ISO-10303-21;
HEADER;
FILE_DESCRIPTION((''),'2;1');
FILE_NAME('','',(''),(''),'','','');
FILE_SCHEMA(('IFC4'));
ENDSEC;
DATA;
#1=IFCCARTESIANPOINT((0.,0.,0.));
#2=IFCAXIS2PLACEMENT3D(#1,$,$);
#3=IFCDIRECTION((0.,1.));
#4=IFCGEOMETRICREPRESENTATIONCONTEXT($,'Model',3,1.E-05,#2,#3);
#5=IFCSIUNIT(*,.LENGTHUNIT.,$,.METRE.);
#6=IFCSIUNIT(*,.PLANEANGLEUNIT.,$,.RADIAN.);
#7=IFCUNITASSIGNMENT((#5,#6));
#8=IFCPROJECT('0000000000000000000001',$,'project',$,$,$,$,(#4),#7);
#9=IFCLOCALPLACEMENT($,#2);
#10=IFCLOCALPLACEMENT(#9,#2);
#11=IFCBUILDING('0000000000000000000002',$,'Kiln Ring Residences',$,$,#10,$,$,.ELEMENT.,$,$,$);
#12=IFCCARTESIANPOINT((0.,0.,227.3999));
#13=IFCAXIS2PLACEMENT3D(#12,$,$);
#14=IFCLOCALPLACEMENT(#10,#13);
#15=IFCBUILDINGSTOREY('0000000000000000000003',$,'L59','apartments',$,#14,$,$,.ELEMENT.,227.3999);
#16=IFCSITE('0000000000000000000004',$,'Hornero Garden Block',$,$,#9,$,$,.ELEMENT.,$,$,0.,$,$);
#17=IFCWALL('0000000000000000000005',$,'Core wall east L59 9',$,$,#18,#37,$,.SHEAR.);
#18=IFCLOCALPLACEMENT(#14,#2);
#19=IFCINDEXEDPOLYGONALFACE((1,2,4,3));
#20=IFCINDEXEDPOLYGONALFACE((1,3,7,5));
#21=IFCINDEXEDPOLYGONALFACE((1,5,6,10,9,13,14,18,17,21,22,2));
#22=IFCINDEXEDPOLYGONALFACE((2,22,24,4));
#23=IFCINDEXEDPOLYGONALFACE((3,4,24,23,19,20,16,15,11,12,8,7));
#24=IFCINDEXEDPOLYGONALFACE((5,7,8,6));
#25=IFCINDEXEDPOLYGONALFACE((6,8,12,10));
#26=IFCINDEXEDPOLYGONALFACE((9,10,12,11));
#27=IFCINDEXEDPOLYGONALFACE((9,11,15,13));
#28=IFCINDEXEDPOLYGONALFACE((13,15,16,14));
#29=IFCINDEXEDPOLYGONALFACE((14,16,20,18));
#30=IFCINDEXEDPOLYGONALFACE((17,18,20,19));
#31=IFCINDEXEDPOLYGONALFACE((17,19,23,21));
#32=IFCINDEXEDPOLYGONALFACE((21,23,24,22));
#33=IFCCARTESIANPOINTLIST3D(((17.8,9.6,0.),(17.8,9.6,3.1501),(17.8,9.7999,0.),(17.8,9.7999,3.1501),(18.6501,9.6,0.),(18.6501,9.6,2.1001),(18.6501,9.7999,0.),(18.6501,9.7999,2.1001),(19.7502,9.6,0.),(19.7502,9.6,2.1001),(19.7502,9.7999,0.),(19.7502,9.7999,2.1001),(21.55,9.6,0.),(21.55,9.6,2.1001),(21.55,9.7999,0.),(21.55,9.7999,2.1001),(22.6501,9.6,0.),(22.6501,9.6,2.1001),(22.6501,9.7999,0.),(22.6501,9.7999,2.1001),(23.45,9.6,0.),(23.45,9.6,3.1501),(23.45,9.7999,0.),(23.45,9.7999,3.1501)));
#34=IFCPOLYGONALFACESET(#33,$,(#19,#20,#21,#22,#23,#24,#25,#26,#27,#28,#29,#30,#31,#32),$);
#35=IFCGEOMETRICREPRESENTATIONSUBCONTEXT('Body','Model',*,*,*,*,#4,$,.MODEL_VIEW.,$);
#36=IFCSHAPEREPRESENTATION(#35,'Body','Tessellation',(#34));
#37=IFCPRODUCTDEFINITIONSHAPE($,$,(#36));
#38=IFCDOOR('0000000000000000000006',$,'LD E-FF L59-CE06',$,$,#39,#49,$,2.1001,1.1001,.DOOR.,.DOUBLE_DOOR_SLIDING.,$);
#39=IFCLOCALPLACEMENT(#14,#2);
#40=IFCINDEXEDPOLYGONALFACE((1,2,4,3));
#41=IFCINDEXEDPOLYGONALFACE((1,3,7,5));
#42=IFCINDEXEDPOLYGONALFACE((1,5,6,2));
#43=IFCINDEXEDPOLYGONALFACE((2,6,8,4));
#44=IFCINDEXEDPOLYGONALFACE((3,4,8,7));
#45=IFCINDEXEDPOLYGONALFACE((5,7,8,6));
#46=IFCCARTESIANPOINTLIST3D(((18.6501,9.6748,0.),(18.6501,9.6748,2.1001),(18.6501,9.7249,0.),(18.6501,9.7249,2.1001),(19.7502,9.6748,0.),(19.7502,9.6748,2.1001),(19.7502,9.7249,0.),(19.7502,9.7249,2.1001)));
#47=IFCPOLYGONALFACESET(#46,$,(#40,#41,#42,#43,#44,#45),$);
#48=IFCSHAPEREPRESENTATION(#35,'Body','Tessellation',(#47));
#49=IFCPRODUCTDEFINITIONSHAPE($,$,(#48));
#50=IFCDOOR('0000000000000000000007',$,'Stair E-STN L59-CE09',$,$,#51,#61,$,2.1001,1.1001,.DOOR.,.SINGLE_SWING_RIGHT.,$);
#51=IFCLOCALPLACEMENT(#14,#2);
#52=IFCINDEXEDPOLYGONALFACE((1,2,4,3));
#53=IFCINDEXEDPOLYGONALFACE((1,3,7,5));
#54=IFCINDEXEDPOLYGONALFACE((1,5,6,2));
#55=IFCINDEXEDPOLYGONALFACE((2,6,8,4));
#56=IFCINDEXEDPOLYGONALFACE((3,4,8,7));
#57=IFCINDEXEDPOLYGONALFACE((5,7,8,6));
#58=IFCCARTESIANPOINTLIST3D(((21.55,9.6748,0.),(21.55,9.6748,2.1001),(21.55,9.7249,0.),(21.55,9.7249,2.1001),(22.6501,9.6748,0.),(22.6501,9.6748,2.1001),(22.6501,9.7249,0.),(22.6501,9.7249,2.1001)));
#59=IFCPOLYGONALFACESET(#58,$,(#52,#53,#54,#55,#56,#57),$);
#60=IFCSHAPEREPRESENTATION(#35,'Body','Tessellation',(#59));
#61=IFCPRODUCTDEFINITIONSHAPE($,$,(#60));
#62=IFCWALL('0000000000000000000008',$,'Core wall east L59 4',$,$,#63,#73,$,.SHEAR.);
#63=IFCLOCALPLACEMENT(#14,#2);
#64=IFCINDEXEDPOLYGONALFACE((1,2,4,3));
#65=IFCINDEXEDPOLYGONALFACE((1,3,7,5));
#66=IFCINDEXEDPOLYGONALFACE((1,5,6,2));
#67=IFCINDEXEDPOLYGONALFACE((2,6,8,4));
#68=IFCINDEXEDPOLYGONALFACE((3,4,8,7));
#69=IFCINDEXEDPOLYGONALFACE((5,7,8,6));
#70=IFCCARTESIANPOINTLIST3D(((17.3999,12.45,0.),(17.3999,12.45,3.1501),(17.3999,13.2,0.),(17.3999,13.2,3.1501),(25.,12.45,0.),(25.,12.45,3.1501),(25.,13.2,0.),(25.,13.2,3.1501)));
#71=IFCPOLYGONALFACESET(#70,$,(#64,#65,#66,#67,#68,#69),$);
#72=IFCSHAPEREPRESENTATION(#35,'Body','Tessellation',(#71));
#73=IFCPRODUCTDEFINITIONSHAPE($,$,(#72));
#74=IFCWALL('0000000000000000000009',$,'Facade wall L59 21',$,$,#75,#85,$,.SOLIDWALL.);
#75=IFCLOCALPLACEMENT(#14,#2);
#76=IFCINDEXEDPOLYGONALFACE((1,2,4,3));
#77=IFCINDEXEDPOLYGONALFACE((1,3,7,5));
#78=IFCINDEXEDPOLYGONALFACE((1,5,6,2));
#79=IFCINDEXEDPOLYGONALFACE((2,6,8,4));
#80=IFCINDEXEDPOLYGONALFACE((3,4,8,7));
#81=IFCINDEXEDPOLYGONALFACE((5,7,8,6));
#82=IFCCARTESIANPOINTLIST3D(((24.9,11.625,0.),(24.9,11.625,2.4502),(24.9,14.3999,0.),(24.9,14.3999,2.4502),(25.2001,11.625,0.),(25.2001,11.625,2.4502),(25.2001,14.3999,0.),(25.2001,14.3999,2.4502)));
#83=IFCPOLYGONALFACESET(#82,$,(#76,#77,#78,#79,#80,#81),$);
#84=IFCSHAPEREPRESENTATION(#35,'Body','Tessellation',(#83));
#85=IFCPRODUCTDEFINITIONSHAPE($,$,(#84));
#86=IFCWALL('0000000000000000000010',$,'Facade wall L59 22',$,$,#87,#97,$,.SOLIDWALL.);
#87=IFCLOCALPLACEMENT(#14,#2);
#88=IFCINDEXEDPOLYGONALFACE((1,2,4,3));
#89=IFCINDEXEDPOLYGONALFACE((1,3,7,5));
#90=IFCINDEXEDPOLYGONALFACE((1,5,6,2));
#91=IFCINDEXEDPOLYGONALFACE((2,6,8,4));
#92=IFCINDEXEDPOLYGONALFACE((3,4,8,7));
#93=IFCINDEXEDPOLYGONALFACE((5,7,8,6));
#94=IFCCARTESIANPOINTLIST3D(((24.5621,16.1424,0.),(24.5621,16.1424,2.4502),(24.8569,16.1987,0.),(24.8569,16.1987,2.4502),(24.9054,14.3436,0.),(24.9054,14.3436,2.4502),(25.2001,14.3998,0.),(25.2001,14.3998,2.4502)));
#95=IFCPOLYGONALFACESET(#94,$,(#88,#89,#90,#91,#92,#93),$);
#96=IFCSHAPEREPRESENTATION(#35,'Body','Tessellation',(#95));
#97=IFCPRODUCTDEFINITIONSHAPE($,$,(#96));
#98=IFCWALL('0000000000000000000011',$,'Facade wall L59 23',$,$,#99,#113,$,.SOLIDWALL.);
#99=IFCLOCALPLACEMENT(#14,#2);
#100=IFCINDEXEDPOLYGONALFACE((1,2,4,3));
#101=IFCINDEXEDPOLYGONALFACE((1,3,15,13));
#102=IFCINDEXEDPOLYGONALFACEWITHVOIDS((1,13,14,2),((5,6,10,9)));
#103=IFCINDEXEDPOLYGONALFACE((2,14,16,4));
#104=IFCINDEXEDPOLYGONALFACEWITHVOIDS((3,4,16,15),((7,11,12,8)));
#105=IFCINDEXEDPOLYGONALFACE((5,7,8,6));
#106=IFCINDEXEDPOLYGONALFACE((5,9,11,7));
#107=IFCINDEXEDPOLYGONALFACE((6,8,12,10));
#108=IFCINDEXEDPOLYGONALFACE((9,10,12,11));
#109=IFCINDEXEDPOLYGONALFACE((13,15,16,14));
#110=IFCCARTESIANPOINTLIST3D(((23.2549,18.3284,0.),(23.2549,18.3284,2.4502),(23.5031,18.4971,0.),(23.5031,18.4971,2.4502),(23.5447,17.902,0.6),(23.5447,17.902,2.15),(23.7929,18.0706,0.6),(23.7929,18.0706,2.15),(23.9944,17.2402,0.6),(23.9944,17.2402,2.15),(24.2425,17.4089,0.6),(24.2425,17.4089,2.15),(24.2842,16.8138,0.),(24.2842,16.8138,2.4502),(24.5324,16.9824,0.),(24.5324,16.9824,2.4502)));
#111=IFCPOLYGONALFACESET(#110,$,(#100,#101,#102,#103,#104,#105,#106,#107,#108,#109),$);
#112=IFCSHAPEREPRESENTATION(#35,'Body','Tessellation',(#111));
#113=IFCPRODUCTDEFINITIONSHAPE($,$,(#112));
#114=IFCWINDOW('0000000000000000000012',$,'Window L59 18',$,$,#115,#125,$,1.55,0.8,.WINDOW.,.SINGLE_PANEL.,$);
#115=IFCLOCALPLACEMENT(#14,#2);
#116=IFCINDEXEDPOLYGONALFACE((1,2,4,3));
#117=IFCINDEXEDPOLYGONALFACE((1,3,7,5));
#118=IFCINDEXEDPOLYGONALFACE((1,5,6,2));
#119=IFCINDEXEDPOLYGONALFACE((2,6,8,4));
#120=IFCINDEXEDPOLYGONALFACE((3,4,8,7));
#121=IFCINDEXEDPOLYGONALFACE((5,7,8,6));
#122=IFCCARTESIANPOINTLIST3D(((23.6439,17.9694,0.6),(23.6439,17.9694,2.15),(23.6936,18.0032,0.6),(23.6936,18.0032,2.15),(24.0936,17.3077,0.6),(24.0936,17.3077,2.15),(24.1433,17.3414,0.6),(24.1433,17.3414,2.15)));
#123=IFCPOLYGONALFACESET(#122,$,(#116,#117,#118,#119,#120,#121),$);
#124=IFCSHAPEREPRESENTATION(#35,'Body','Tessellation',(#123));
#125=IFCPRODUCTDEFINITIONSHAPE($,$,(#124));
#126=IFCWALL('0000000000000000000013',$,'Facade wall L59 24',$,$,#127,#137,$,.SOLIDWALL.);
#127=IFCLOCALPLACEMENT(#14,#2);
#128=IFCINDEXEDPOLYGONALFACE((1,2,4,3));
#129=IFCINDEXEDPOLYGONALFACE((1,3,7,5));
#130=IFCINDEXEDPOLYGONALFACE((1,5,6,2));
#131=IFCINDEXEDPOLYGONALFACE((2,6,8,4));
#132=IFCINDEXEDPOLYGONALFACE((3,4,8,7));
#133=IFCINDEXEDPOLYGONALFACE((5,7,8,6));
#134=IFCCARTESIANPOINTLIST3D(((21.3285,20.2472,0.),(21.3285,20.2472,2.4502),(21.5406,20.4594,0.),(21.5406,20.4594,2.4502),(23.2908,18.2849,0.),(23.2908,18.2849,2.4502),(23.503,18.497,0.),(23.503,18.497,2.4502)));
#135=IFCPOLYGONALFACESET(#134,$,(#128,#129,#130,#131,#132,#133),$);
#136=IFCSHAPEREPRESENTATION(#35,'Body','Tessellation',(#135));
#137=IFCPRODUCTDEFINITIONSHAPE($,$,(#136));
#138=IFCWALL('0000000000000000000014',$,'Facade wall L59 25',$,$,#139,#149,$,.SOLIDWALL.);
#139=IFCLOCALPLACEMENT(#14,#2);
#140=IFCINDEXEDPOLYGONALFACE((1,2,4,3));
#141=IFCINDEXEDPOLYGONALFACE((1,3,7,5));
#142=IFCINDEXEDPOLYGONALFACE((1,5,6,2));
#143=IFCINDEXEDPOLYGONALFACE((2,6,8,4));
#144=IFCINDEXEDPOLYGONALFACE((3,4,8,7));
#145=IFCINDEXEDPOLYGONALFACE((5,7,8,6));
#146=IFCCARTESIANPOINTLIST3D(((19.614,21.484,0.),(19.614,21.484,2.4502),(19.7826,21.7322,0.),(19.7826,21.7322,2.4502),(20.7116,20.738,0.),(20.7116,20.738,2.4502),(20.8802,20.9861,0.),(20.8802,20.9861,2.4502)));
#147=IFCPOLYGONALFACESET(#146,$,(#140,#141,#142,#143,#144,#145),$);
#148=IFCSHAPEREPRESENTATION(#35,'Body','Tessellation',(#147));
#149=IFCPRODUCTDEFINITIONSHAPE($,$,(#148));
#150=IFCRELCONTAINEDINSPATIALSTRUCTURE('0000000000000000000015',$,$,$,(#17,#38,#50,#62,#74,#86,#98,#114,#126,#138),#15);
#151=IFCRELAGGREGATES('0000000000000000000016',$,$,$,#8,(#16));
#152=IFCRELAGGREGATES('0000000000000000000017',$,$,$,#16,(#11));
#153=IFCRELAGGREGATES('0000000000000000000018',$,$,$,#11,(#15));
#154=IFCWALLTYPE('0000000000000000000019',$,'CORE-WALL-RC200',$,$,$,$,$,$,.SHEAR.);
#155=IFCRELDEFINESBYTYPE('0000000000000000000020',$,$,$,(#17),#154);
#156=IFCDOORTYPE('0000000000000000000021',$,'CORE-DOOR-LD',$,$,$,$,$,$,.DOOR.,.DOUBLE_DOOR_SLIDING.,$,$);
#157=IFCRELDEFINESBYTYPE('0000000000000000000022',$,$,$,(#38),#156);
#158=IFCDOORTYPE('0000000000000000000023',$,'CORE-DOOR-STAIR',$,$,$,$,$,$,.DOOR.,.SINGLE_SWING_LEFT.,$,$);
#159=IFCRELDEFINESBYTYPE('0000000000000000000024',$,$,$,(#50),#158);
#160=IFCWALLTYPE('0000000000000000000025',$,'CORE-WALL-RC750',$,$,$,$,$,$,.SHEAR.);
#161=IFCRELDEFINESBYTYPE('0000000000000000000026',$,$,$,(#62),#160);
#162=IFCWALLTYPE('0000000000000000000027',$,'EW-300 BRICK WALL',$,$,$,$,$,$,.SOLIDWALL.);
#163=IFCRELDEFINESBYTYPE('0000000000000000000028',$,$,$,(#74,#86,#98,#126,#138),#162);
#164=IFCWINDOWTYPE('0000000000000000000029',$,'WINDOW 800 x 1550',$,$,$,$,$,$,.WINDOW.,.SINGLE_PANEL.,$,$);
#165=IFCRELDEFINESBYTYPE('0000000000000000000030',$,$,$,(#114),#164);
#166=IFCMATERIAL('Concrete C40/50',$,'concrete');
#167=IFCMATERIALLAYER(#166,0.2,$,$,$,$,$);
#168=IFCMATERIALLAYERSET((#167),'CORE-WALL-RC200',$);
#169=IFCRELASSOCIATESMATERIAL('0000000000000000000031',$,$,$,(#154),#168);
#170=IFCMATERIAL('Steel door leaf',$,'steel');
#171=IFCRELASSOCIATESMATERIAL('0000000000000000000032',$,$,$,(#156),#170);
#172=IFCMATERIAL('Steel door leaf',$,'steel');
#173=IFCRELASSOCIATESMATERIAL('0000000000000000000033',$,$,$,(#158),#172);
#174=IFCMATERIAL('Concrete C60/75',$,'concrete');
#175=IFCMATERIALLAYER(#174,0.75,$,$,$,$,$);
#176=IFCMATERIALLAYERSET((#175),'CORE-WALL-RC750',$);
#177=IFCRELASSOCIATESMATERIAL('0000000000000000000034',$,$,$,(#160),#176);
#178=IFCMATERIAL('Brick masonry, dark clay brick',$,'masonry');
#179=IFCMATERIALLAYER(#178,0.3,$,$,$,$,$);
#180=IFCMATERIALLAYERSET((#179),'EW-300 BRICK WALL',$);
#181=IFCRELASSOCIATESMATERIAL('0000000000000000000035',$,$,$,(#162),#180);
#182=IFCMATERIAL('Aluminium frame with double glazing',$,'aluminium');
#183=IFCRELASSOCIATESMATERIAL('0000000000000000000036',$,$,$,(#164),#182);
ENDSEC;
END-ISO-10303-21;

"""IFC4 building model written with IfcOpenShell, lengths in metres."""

from ifc_helpers import new_model, si_unit, direction, frame, frame_2d, origin, place, context, subcontext, project, spatial, rectangle, extrude, material, layer, layer_set, type_object, element, fill, save


model = new_model("IFC4")

# Units and contexts
model_context = context("Model", 3, precision=1e-05, world=origin(), true_north=direction((0.0, 1.0)))
body_context = subcontext(model_context, "Body", "Model", "MODEL_VIEW")
ifc_project = project(units=[si_unit("LENGTHUNIT", "METRE"), si_unit("PLANEANGLEUNIT", "RADIAN")], contexts=[model_context])

# Site, building, storey
site_placement = place(None, origin())
site = spatial("IfcSite", under=ifc_project, at=site_placement, Name="Hornero Garden Block", CompositionType="ELEMENT", RefElevation=0.0)
building_placement = place(site_placement, origin())
building = spatial("IfcBuilding", under=site, at=building_placement, Name="Kiln Ring Residences", CompositionType="ELEMENT")
storey_placement = place(building_placement, frame((0.0, 0.0, 227.3999)))
storey = spatial("IfcBuildingStorey", under=building, at=storey_placement, Name="L59", Description="apartments", CompositionType="ELEMENT", Elevation=227.3999)

# Wall, openings, doors
ifc_material_1 = material(Name="Concrete C40/50", Category="concrete")
ifc_layer_1 = layer(ifc_material_1, 0.2)
ifc_layer_set_1 = layer_set([ifc_layer_1], Name="CORE-WALL-RC200")
wall_type_1 = type_object("IfcWallType", Name="CORE-WALL-RC200", PredefinedType="SHEAR", material=ifc_layer_set_1)
wall_1_placement = place(storey_placement, frame((17.8, 9.7, 0.0), z_axis=(0.0, 0.0, 1.0), x_axis=(1.0, 0.0, 0.0)))
wall_1 = element("IfcWall", 1, at=wall_1_placement, inside=storey, type_object=wall_type_1, Name="Core wall east L59 9", PredefinedType="SHEAR", context=body_context, shape_type="SweptSolid", body=[
    extrude(rectangle(XDim=5.6499, YDim=0.2, at=frame_2d((2.825, 0.0))), origin(), (0.0, 0.0, 1.0), 3.1501),
])
opening_1_placement = place(wall_1_placement, frame((0.8501, 0.0, 0.0)))
opening_1 = element("IfcOpeningElement", 2, at=opening_1_placement, cuts=wall_1, PredefinedType="OPENING", context=body_context, shape_type="SweptSolid", body=[
    extrude(rectangle(XDim=1.1001, YDim=2.1001, at=frame_2d((0.55, 1.05))), frame((0.0, 0.1099, 0.0), z_axis=(0.0, -1.0, 0.0), x_axis=(1.0, 0.0, 0.0)), (0.0, 0.0, 1.0), 0.22),
])
opening_2_placement = place(wall_1_placement, frame((3.75, 0.0, 0.0)))
opening_2 = element("IfcOpeningElement", 3, at=opening_2_placement, cuts=wall_1, PredefinedType="OPENING", context=body_context, shape_type="SweptSolid", body=[
    extrude(rectangle(XDim=1.1001, YDim=2.1001, at=frame_2d((0.55, 1.05))), frame((0.0, 0.1099, 0.0), z_axis=(0.0, -1.0, 0.0), x_axis=(1.0, 0.0, 0.0)), (0.0, 0.0, 1.0), 0.22),
])
ifc_material_2 = material(Name="Steel door leaf", Category="steel")
door_type_1 = type_object("IfcDoorType", Name="CORE-DOOR-LD", OperationType="DOUBLE_DOOR_SLIDING", PredefinedType="DOOR", material=ifc_material_2)
door_1_placement = place(opening_1_placement, origin())
door_1 = element("IfcDoor", 4, at=door_1_placement, inside=storey, type_object=door_type_1, Name="LD E-FF L59-CE06", OperationType="DOUBLE_DOOR_SLIDING", OverallHeight=2.1001, OverallWidth=1.1001, PredefinedType="DOOR", context=body_context, shape_type="SweptSolid", body=[
    extrude(rectangle(XDim=1.1001, YDim=2.1001, at=frame_2d((0.55, 1.05))), frame((0.0, 0.0249, 0.0), z_axis=(0.0, -1.0, 0.0), x_axis=(1.0, 0.0, 0.0)), (0.0, 0.0, 1.0), 0.05),
])
fill(opening_1, door_1)
ifc_material_3 = material(Name="Steel door leaf", Category="steel")
door_type_2 = type_object("IfcDoorType", Name="CORE-DOOR-STAIR", OperationType="SINGLE_SWING_LEFT", PredefinedType="DOOR", material=ifc_material_3)
door_2_placement = place(opening_2_placement, origin())
door_2 = element("IfcDoor", 5, at=door_2_placement, inside=storey, type_object=door_type_2, Name="Stair E-STN L59-CE09", OperationType="SINGLE_SWING_RIGHT", OverallHeight=2.1001, OverallWidth=1.1001, PredefinedType="DOOR", context=body_context, shape_type="SweptSolid", body=[
    extrude(rectangle(XDim=1.1001, YDim=2.1001, at=frame_2d((0.55, 1.05))), frame((0.0, 0.0249, 0.0), z_axis=(0.0, -1.0, 0.0), x_axis=(1.0, 0.0, 0.0)), (0.0, 0.0, 1.0), 0.05),
])
fill(opening_2, door_2)

# Walls
ifc_material_4 = material(Name="Concrete C60/75", Category="concrete")
ifc_layer_2 = layer(ifc_material_4, 0.75)
ifc_layer_set_2 = layer_set([ifc_layer_2], Name="CORE-WALL-RC750")
wall_type_2 = type_object("IfcWallType", Name="CORE-WALL-RC750", PredefinedType="SHEAR", material=ifc_layer_set_2)
wall_2_placement = place(storey_placement, frame((17.3999, 12.825, 0.0), z_axis=(0.0, 0.0, 1.0), x_axis=(1.0, 0.0, 0.0)))
element("IfcWall", 6, at=wall_2_placement, inside=storey, type_object=wall_type_2, Name="Core wall east L59 4", PredefinedType="SHEAR", context=body_context, shape_type="SweptSolid", body=[
    extrude(rectangle(XDim=7.6001, YDim=0.75, at=frame_2d((3.8, 0.0))), origin(), (0.0, 0.0, 1.0), 3.1501),
])
ifc_material_5 = material(Name="Brick masonry, dark clay brick", Category="masonry")
ifc_layer_3 = layer(ifc_material_5, 0.3)
ifc_layer_set_3 = layer_set([ifc_layer_3], Name="EW-300 BRICK WALL")
wall_type_3 = type_object("IfcWallType", Name="EW-300 BRICK WALL", PredefinedType="SOLIDWALL", material=ifc_layer_set_3)
wall_3_placement = place(storey_placement, frame((25.05, 11.625, 0.0), z_axis=(0.0, 0.0, 1.0), x_axis=(0.0, 1.0, 0.0)))
element("IfcWall", 7, at=wall_3_placement, inside=storey, type_object=wall_type_3, Name="Facade wall L59 21", PredefinedType="SOLIDWALL", context=body_context, shape_type="SweptSolid", body=[
    extrude(rectangle(XDim=2.7749, YDim=0.3, at=frame_2d((1.3875, 0.0))), origin(), (0.0, 0.0, 1.0), 2.4502),
])
wall_4_placement = place(storey_placement, frame((25.0527, 14.3718, 0.0), z_axis=(0.0, 0.0, 1.0), x_axis=(-0.187443, 0.982275, 0.0)))
element("IfcWall", 8, at=wall_4_placement, inside=storey, type_object=wall_type_3, Name="Facade wall L59 22", PredefinedType="SOLIDWALL", context=body_context, shape_type="SweptSolid", body=[
    extrude(rectangle(XDim=1.8313, YDim=0.3, at=frame_2d((0.9155, 0.0))), origin(), (0.0, 0.0, 1.0), 2.4502),
])

# Wall, opening, window
wall_5_placement = place(storey_placement, frame((24.4082, 16.8982, 0.0), z_axis=(0.0, 0.0, 1.0), x_axis=(-0.562062, 0.827095, 0.0)))
wall_5 = element("IfcWall", 9, at=wall_5_placement, inside=storey, type_object=wall_type_3, Name="Facade wall L59 23", PredefinedType="SOLIDWALL", context=body_context, shape_type="SweptSolid", body=[
    extrude(rectangle(XDim=1.8313, YDim=0.3, at=frame_2d((0.9155, 0.0))), origin(), (0.0, 0.0, 1.0), 2.4502),
])
opening_3_placement = place(wall_5_placement, frame((0.5156, 0.0, 0.6001)))
opening_3 = element("IfcOpeningElement", 10, at=opening_3_placement, cuts=wall_5, PredefinedType="OPENING", context=body_context, shape_type="SweptSolid", body=[
    extrude(rectangle(XDim=0.8, YDim=1.55, at=frame_2d((0.3999, 0.7749))), frame((0.0, 0.1599, 0.0), z_axis=(0.0, -1.0, 0.0), x_axis=(1.0, 0.0, 0.0)), (0.0, 0.0, 1.0), 0.3201),
])
ifc_material_6 = material(Name="Aluminium frame with double glazing", Category="aluminium")
window_type = type_object("IfcWindowType", Name="WINDOW 800 x 1550", PartitioningType="SINGLE_PANEL", PredefinedType="WINDOW", material=ifc_material_6)
window_1_placement = place(opening_3_placement, origin())
window_1 = element("IfcWindow", 11, at=window_1_placement, inside=storey, type_object=window_type, Name="Window L59 18", OverallHeight=1.55, OverallWidth=0.8, PartitioningType="SINGLE_PANEL", PredefinedType="WINDOW", context=body_context, shape_type="SweptSolid", body=[
    extrude(rectangle(XDim=0.8, YDim=1.55, at=frame_2d((0.3999, 0.7749))), frame((0.0, 0.03, 0.0), z_axis=(0.0, -1.0, 0.0), x_axis=(1.0, 0.0, 0.0)), (0.0, 0.0, 1.0), 0.0601),
])
fill(opening_3, window_1)

# Walls
wall_6_placement = place(storey_placement, frame((23.397, 18.3909, 0.0), z_axis=(0.0, 0.0, 1.0), x_axis=(-0.707107, 0.707107, 0.0)))
element("IfcWall", 12, at=wall_6_placement, inside=storey, type_object=wall_type_3, Name="Facade wall L59 24", PredefinedType="SOLIDWALL", context=body_context, shape_type="SweptSolid", body=[
    extrude(rectangle(XDim=2.7751, YDim=0.3, at=frame_2d((1.3877, 0.0))), origin(), (0.0, 0.0, 1.0), 2.4502),
])
wall_7_placement = place(storey_placement, frame((20.7959, 20.8621, 0.0), z_axis=(0.0, 0.0, 1.0), x_axis=(-0.827036, 0.562149, 0.0)))
element("IfcWall", 13, at=wall_7_placement, inside=storey, type_object=wall_type_3, Name="Facade wall L59 25", PredefinedType="SOLIDWALL", context=body_context, shape_type="SweptSolid", body=[
    extrude(rectangle(XDim=1.3271, YDim=0.3, at=frame_2d((0.6636, 0.0))), origin(), (0.0, 0.0, 1.0), 2.4502),
])

save(model, "model.ifc")
